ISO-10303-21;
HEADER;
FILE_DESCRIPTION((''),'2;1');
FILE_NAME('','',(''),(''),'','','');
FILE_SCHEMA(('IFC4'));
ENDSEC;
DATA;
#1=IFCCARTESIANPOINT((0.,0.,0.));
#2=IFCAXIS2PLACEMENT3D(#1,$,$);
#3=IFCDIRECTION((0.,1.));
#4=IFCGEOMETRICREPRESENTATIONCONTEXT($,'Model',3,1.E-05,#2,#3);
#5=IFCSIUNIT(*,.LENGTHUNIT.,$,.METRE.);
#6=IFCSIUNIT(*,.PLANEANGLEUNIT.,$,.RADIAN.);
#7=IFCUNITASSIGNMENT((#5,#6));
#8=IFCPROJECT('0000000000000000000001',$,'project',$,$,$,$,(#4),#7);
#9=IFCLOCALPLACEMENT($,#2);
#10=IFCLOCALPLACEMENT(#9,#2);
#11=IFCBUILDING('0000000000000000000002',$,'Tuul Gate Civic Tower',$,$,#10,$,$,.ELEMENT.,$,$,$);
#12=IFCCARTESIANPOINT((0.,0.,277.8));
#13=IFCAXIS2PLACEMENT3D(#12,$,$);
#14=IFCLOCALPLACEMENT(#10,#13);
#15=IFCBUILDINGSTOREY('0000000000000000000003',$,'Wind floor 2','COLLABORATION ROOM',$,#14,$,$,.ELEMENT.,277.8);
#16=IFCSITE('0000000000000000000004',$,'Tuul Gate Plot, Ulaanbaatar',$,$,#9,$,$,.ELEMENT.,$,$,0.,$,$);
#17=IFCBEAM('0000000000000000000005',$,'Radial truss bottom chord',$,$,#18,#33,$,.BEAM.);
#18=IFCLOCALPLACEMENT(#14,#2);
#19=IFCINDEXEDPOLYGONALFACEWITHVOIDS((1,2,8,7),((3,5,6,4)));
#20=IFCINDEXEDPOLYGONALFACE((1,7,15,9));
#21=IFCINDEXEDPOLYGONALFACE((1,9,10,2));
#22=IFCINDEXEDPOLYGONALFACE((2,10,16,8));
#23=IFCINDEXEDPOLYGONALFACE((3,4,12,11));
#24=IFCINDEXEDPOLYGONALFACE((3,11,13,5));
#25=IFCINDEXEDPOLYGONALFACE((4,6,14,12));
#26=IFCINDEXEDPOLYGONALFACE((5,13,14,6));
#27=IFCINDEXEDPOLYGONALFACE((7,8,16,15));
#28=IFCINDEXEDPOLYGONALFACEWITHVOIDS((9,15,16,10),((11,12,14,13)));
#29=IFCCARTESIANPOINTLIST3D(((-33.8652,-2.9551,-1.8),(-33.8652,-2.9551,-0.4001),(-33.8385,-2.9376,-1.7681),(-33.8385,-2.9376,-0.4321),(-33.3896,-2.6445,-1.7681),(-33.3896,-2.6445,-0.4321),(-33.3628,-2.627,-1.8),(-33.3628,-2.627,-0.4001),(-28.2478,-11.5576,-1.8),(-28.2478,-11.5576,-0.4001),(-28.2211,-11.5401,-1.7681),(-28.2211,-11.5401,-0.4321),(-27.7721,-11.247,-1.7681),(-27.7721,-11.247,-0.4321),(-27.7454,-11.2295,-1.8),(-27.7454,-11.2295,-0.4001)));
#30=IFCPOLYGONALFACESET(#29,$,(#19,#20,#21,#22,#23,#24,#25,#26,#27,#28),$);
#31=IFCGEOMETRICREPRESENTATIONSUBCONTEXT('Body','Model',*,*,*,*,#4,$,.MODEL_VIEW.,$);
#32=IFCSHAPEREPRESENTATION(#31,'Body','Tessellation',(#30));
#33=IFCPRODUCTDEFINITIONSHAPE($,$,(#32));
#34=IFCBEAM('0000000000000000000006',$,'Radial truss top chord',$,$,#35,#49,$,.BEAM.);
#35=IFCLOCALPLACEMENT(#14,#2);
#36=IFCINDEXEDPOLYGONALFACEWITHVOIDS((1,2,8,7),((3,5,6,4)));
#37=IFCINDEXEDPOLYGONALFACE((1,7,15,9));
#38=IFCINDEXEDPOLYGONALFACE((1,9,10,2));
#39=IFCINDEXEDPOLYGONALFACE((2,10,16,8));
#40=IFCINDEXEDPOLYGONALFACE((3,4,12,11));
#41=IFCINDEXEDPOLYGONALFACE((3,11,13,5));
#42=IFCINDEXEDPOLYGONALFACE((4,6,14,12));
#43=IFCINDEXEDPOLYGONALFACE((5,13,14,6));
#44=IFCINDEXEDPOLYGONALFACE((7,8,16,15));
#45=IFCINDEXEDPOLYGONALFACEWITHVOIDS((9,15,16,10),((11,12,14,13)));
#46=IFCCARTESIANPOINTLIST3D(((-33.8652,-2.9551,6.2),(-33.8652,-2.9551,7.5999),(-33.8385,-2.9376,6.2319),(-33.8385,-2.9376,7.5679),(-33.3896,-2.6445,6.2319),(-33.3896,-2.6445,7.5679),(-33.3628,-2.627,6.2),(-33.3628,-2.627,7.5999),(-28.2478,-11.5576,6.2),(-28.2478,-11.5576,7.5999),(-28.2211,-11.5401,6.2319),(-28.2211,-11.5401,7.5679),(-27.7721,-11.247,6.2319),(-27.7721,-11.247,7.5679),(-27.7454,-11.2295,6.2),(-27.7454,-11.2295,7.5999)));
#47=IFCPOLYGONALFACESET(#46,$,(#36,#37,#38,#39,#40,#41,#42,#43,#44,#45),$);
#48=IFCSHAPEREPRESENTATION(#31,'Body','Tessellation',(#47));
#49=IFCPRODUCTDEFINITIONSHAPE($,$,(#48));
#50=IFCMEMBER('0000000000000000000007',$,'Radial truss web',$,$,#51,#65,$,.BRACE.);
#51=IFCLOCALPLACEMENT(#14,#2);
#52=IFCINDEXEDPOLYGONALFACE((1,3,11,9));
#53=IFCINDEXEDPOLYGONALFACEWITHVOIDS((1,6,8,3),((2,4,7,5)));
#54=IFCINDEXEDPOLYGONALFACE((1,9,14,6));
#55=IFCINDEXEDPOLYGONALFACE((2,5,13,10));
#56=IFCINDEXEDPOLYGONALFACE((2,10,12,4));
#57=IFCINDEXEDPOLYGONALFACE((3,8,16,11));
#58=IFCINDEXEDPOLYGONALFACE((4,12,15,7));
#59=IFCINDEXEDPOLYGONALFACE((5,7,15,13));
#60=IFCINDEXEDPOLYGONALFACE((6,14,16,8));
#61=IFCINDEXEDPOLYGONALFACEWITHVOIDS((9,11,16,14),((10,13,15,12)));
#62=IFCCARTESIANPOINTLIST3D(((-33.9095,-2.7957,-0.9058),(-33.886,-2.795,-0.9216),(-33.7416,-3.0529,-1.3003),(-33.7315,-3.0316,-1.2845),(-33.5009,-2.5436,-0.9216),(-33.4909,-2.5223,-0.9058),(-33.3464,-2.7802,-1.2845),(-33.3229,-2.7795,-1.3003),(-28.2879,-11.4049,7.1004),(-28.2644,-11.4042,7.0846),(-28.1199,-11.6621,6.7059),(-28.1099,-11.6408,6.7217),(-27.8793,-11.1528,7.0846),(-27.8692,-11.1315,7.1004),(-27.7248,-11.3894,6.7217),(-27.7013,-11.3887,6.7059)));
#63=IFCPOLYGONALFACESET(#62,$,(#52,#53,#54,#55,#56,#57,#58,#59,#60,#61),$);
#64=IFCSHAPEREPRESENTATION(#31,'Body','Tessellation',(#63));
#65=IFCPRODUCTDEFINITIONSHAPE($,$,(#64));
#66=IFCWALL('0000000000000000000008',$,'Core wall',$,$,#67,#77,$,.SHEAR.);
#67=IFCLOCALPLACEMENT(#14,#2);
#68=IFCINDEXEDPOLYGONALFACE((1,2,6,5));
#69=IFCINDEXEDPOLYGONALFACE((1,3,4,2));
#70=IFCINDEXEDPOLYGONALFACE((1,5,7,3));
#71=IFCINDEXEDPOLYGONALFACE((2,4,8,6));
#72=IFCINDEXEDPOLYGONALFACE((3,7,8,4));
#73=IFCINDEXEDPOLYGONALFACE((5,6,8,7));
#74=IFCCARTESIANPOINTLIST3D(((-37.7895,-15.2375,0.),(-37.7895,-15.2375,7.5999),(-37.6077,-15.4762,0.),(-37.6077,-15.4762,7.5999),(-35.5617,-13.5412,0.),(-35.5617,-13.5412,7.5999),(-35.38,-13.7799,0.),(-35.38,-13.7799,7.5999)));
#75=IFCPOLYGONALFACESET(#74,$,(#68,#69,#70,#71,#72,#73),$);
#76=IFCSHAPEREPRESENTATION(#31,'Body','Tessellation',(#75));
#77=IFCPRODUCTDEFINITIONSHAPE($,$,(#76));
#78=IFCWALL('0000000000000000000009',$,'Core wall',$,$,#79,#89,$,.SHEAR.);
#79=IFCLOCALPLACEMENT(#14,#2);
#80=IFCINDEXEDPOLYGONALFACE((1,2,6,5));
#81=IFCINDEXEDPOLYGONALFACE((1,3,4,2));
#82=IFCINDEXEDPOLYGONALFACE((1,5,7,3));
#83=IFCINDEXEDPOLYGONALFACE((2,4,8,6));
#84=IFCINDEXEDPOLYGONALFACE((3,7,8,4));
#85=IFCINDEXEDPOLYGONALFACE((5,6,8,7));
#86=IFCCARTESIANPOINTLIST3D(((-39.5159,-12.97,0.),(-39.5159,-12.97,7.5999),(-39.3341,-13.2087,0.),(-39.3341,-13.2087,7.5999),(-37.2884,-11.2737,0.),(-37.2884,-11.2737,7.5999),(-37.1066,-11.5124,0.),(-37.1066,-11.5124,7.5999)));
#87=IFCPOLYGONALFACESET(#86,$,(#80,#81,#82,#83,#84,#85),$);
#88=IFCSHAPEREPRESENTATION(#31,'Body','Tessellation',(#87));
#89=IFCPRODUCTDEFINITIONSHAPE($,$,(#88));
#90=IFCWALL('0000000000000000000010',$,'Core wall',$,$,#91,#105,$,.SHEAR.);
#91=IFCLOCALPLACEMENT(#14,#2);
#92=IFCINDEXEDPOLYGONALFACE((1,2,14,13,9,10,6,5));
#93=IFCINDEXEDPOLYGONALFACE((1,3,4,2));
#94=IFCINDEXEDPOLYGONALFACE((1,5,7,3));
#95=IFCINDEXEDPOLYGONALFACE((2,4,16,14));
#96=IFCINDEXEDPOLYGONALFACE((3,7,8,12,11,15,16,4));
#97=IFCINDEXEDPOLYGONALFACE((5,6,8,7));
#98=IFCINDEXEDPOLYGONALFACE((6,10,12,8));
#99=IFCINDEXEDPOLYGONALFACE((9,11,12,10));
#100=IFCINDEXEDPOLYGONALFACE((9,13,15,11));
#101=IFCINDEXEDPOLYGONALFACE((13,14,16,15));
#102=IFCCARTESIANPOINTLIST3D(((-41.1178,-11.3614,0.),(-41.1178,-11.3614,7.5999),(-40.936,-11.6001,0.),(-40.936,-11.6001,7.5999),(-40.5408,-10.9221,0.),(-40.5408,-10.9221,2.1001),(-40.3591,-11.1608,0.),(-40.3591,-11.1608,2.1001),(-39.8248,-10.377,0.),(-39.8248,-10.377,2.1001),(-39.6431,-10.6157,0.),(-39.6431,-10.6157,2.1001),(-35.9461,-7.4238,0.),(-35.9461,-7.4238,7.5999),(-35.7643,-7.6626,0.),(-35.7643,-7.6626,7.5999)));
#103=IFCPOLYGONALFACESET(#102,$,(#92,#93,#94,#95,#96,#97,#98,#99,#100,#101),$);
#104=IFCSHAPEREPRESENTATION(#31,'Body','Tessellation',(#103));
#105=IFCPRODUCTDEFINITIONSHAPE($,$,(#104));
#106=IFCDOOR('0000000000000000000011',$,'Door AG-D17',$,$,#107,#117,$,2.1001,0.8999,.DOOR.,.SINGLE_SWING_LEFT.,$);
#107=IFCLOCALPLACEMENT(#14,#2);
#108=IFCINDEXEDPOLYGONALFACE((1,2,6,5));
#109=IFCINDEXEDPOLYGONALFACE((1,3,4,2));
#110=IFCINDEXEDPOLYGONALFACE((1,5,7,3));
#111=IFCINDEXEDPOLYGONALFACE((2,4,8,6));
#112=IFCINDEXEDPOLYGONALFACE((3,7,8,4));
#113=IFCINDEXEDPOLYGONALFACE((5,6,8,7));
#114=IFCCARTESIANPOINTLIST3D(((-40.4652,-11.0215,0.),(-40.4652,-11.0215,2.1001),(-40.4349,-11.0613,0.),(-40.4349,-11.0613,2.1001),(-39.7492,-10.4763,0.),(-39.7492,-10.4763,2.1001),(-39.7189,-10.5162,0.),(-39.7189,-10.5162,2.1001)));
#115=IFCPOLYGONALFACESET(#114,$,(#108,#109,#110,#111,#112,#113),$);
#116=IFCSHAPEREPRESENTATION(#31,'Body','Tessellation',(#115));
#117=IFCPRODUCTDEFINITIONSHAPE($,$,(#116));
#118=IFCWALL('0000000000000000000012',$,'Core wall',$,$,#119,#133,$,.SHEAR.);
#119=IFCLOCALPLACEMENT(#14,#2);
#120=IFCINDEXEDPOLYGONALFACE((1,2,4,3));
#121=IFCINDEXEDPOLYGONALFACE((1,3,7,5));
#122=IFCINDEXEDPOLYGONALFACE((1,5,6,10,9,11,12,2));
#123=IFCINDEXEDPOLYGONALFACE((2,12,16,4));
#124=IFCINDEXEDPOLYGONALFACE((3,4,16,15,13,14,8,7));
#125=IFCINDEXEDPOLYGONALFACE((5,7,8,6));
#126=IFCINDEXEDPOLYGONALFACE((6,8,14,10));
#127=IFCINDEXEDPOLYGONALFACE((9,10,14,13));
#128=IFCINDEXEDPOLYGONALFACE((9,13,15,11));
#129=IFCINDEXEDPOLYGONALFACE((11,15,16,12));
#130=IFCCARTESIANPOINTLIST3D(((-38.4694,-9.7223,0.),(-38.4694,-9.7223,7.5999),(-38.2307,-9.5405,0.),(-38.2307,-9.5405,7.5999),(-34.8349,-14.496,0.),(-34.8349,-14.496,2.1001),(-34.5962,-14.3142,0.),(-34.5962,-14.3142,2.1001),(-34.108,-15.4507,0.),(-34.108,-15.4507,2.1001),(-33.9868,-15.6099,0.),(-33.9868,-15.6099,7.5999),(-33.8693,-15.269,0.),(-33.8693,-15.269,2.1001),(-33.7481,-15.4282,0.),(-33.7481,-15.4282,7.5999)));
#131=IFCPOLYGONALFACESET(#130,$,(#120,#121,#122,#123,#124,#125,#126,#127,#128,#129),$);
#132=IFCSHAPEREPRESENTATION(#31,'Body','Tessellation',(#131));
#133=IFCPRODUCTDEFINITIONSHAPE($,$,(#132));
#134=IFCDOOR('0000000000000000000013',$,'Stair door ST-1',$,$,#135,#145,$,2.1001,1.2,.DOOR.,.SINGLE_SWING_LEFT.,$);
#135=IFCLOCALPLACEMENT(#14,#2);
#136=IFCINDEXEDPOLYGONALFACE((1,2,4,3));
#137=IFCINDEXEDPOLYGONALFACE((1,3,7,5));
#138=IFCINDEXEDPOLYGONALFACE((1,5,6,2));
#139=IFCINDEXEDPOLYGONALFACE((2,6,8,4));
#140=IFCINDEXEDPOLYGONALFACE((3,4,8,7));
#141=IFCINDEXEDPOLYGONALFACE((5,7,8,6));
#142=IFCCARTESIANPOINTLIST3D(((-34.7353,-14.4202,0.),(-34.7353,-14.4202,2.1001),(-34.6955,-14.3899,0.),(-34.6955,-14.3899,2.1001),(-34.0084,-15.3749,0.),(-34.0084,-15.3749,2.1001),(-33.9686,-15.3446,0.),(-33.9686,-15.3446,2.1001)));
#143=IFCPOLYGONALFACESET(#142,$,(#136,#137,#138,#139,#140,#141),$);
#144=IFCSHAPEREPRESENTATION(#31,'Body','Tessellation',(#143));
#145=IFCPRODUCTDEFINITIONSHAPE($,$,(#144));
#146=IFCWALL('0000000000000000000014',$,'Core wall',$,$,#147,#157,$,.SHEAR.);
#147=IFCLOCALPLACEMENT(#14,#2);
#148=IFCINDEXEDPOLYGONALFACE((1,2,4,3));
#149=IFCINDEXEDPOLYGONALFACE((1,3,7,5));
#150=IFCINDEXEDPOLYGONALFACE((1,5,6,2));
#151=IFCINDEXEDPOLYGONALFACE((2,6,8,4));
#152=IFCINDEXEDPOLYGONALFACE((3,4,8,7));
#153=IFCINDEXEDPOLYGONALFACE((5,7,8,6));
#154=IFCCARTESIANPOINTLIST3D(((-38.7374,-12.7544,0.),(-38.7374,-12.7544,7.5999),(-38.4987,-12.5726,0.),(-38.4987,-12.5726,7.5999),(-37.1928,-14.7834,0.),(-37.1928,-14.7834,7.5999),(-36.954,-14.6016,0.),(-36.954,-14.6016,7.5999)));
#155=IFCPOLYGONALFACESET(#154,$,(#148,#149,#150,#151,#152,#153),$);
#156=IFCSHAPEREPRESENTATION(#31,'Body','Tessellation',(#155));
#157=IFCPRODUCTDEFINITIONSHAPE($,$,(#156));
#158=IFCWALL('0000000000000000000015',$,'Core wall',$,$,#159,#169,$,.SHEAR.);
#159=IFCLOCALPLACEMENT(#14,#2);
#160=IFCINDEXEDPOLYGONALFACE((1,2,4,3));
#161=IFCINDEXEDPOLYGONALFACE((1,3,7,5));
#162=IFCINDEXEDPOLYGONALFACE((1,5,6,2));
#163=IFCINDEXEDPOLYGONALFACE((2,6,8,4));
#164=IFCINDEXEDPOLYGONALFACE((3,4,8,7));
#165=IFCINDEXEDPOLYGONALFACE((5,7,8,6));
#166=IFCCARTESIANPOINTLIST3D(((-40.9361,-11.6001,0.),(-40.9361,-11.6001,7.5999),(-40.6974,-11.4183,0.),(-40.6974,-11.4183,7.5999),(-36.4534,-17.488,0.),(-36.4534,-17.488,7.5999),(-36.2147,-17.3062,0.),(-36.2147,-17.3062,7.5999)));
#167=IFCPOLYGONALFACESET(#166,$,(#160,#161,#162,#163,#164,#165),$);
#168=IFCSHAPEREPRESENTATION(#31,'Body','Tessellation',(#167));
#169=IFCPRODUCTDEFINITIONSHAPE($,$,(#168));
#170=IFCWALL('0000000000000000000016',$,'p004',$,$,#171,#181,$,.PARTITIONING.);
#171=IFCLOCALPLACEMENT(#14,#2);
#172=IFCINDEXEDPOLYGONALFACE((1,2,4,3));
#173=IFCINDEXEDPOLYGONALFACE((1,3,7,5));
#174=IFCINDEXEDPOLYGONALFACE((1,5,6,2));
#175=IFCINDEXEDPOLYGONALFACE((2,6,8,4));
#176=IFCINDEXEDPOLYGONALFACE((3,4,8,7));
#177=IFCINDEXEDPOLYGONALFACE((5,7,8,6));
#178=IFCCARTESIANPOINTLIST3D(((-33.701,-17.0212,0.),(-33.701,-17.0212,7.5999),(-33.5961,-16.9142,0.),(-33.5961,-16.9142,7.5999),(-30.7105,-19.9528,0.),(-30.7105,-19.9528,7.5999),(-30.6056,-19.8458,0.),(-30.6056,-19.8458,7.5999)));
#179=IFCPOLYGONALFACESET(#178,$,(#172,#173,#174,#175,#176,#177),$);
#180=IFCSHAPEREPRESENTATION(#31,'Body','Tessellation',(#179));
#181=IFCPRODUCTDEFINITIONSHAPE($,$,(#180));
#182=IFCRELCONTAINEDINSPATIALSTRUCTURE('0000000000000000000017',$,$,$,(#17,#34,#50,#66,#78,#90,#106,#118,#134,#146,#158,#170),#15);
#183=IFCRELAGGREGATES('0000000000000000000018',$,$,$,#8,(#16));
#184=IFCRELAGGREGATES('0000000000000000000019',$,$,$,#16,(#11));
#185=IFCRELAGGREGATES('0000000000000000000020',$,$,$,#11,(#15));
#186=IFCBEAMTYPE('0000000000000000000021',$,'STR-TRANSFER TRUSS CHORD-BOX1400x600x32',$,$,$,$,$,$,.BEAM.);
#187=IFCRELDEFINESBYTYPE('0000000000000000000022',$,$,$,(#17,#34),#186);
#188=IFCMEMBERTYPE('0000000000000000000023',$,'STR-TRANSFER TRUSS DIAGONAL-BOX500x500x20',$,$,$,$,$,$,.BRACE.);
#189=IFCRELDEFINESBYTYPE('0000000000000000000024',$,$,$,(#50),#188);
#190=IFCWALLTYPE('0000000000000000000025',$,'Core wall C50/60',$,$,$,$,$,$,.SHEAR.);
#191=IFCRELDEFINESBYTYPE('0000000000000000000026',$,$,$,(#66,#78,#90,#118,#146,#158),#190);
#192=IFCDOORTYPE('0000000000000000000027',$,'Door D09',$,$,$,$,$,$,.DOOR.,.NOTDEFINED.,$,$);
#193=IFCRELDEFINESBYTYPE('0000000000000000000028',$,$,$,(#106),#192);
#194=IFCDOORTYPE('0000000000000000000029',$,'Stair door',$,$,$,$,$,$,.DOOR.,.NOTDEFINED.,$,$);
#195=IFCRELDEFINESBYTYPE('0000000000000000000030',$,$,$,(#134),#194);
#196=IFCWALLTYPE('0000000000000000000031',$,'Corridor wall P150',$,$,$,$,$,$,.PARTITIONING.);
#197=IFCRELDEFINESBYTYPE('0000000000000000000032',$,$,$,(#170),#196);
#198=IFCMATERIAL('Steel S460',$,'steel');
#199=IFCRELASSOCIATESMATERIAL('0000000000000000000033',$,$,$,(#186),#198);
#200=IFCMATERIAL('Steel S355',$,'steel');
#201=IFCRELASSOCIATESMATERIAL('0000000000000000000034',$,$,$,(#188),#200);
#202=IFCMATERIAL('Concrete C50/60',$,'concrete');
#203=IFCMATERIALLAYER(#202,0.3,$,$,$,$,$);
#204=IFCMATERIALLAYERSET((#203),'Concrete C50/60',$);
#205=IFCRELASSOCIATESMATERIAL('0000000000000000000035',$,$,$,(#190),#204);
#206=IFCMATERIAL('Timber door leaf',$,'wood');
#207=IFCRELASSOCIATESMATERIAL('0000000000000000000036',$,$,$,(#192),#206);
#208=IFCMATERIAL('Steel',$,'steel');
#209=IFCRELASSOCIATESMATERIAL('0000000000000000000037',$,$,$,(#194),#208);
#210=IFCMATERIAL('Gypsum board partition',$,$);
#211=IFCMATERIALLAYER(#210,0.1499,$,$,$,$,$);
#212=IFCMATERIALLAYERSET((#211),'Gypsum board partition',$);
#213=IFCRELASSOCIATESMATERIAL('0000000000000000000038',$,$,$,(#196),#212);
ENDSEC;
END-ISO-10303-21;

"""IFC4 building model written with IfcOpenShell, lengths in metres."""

from ifc_helpers import new_model, si_unit, direction, frame, frame_2d, origin, origin_2d, place, context, subcontext, project, spatial, rectangle, hollow_rectangle, extrude, material, layer, layer_set, material_profile, profile_set, type_object, element, fill, save


model = new_model("IFC4")

# Units and contexts
model_context = context("Model", 3, precision=1e-05, world=origin(), true_north=direction((0.0, 1.0)))
body_context = subcontext(model_context, "Body", "Model", "MODEL_VIEW")
ifc_project = project(units=[si_unit("LENGTHUNIT", "METRE"), si_unit("PLANEANGLEUNIT", "RADIAN")], contexts=[model_context])

# Site, building, storey
site_placement = place(None, origin())
site = spatial("IfcSite", under=ifc_project, at=site_placement, Name="Tuul Gate Plot, Ulaanbaatar", CompositionType="ELEMENT", RefElevation=0.0)
building_placement = place(site_placement, origin())
building = spatial("IfcBuilding", under=site, at=building_placement, Name="Tuul Gate Civic Tower", CompositionType="ELEMENT")
storey_placement = place(building_placement, frame((0.0, 0.0, 277.8)))
storey = spatial("IfcBuildingStorey", under=building, at=storey_placement, Name="Wind floor 2", Description="COLLABORATION ROOM", CompositionType="ELEMENT", Elevation=277.8)

# Beams
ifc_material_1 = material(Name="Steel S460", Category="steel")
ifc_material_profile_1 = material_profile(ifc_material_1, hollow_rectangle(XDim=0.6001, YDim=1.3999, WallThickness=0.032, at=origin_2d()), Name="BOX1400x600x32")
ifc_profile_set_1 = profile_set([ifc_material_profile_1], Name="Steel S460")
beam_type = type_object("IfcBeamType", Name="STR-TRANSFER TRUSS CHORD-BOX1400x600x32", PredefinedType="BEAM", material=ifc_profile_set_1)
for number, where, z_axis, x_axis, name in (
    (1, (-33.614, -2.791, -1.1001), (0.546751, -0.837295, 0.0), (0.837295, 0.546751, 0.0), "Radial truss bottom chord"),
    (2, (-33.614, -2.791, 6.8999), (0.546751, -0.837295, 0.0), (0.837295, 0.546751, 0.0), "Radial truss top chord"),
):
    element("IfcBeam", number, at=place(storey_placement, frame(where, z_axis=z_axis, x_axis=x_axis)), inside=storey, type_object=beam_type, Name=name, PredefinedType="BEAM", context=body_context, shape_type="SweptSolid", body=[
        extrude(hollow_rectangle(XDim=0.6001, YDim=1.3999, WallThickness=0.032, at=origin_2d()), origin(), (0.0, 0.0, 1.0), 10.2742),
    ])

# Member
ifc_material_2 = material(Name="Steel S355", Category="steel")
ifc_material_profile_2 = material_profile(ifc_material_2, hollow_rectangle(XDim=0.5, YDim=0.5, WallThickness=0.02, at=origin_2d()), Name="BOX500x500x20")
ifc_profile_set_2 = profile_set([ifc_material_profile_2], Name="Steel S355")
member_type = type_object("IfcMemberType", Name="STR-TRANSFER TRUSS DIAGONAL-BOX500x500x20", PredefinedType="BRACE", material=ifc_profile_set_2)
member_placement = place(storey_placement, frame((-33.6162, -2.7876, -1.103), z_axis=(0.431388, -0.660646, 0.614371), x_axis=(0.837302, 0.546741, 0.0)))
element("IfcMember", 3, at=member_placement, inside=storey, type_object=member_type, Name="Radial truss web", PredefinedType="BRACE", context=body_context, shape_type="SweptSolid", body=[
    extrude(hollow_rectangle(XDim=0.5, YDim=0.5, WallThickness=0.02, at=origin_2d()), origin(), (0.0, 0.0, 1.0), 13.0315),
])

# Walls
ifc_material_3 = material(Name="Concrete C50/60", Category="concrete")
ifc_layer_1 = layer(ifc_material_3, 0.3)
ifc_layer_set_1 = layer_set([ifc_layer_1], Name="Concrete C50/60")
wall_type_1 = type_object("IfcWallType", Name="Core wall C50/60", PredefinedType="SHEAR", material=ifc_layer_set_1)
wall_1_placement = place(storey_placement, frame((-35.4709, -13.6606, 0.0), z_axis=(0.0, 0.0, 1.0), x_axis=(-0.795616, -0.605802, 0.0)))
element("IfcWall", 4, at=wall_1_placement, inside=storey, type_object=wall_type_1, Name="Core wall", PredefinedType="SHEAR", context=body_context, shape_type="SweptSolid", body=[
    extrude(rectangle(XDim=2.8, YDim=0.3, at=frame_2d((1.3999, 0.0))), origin(), (0.0, 0.0, 1.0), 7.5999),
])
wall_2_placement = place(storey_placement, frame((-37.1975, -11.3931, 0.0), z_axis=(0.0, 0.0, 1.0), x_axis=(-0.795584, -0.605844, 0.0)))
element("IfcWall", 5, at=wall_2_placement, inside=storey, type_object=wall_type_1, Name="Core wall", PredefinedType="SHEAR", context=body_context, shape_type="SweptSolid", body=[
    extrude(rectangle(XDim=2.7998, YDim=0.3, at=frame_2d((1.3999, 0.0))), origin(), (0.0, 0.0, 1.0), 7.5999),
])

# Walls, openings, doors
wall_3_placement = place(storey_placement, frame((-35.8552, -7.5432, 0.0), z_axis=(0.0, 0.0, 1.0), x_axis=(-0.795639, -0.605772, 0.0)))
wall_3 = element("IfcWall", 6, at=wall_3_placement, inside=storey, type_object=wall_type_1, Name="Core wall", PredefinedType="SHEAR", context=body_context, shape_type="SweptSolid", body=[
    extrude(rectangle(XDim=6.5, YDim=0.3, at=frame_2d((3.25, 0.0))), origin(), (0.0, 0.0, 1.0), 7.5999),
])
opening_1_placement = place(wall_3_placement, frame((4.875, 0.0, 0.0)))
opening_1 = element("IfcOpeningElement", 7, at=opening_1_placement, cuts=wall_3, PredefinedType="OPENING", context=body_context, shape_type="SweptSolid", body=[
    extrude(rectangle(XDim=0.8999, YDim=2.1001, at=frame_2d((0.45, 1.05))), frame((0.0, 0.1602, 0.0), z_axis=(0.0, -1.0, 0.0), x_axis=(1.0, 0.0, 0.0)), (0.0, 0.0, 1.0), 0.3201),
])
ifc_material_4 = material(Name="Timber door leaf", Category="wood")
door_type_1 = type_object("IfcDoorType", Name="Door D09", OperationType="NOTDEFINED", PredefinedType="DOOR", material=ifc_material_4)
door_1_placement = place(opening_1_placement, origin())
door_1 = element("IfcDoor", 8, at=door_1_placement, inside=storey, type_object=door_type_1, Name="Door AG-D17", OperationType="SINGLE_SWING_LEFT", OverallHeight=2.1001, OverallWidth=0.8999, PredefinedType="DOOR", context=body_context, shape_type="SweptSolid", body=[
    extrude(rectangle(XDim=0.8999, YDim=2.1001, at=frame_2d((0.45, 1.05))), frame((0.0, 0.0249, 0.0), z_axis=(0.0, -1.0, 0.0), x_axis=(1.0, 0.0, 0.0)), (0.0, 0.0, 1.0), 0.05),
])
fill(opening_1, door_1)
wall_4_placement = place(storey_placement, frame((-33.8674, -15.519, 0.0), z_axis=(0.0, 0.0, 1.0), x_axis=(-0.60577, 0.79564, 0.0)))
wall_4 = element("IfcWall", 9, at=wall_4_placement, inside=storey, type_object=wall_type_1, Name="Core wall", PredefinedType="SHEAR", context=body_context, shape_type="SweptSolid", body=[
    extrude(rectangle(XDim=7.3999, YDim=0.3, at=frame_2d((3.7, 0.0))), origin(), (0.0, 0.0, 1.0), 7.5999),
])
opening_2_placement = place(wall_4_placement, frame((0.2, 0.0, 0.0)))
opening_2 = element("IfcOpeningElement", 10, at=opening_2_placement, cuts=wall_4, PredefinedType="OPENING", context=body_context, shape_type="SweptSolid", body=[
    extrude(rectangle(XDim=1.2, YDim=2.1001, at=frame_2d((0.6001, 1.05))), frame((0.0, 0.1602, 0.0), z_axis=(0.0, -1.0, 0.0), x_axis=(1.0, 0.0, 0.0)), (0.0, 0.0, 1.0), 0.3201),
])
ifc_material_5 = material(Name="Steel", Category="steel")
door_type_2 = type_object("IfcDoorType", Name="Stair door", OperationType="NOTDEFINED", PredefinedType="DOOR", material=ifc_material_5)
door_2_placement = place(opening_2_placement, origin())
door_2 = element("IfcDoor", 11, at=door_2_placement, inside=storey, type_object=door_type_2, Name="Stair door ST-1", OperationType="SINGLE_SWING_LEFT", OverallHeight=2.1001, OverallWidth=1.2, PredefinedType="DOOR", context=body_context, shape_type="SweptSolid", body=[
    extrude(rectangle(XDim=1.2, YDim=2.1001, at=frame_2d((0.6001, 1.05))), frame((0.0, 0.0249, 0.0), z_axis=(0.0, -1.0, 0.0), x_axis=(1.0, 0.0, 0.0)), (0.0, 0.0, 1.0), 0.05),
])
fill(opening_2, door_2)

# Walls
wall_5_placement = place(storey_placement, frame((-37.0735, -14.6924, 0.0), z_axis=(0.0, 0.0, 1.0), x_axis=(-0.605729, 0.795671, 0.0)))
element("IfcWall", 12, at=wall_5_placement, inside=storey, type_object=wall_type_1, Name="Core wall", PredefinedType="SHEAR", context=body_context, shape_type="SweptSolid", body=[
    extrude(rectangle(XDim=2.55, YDim=0.3, at=frame_2d((1.2749, 0.0))), origin(), (0.0, 0.0, 1.0), 7.5999),
])
wall_6_placement = place(storey_placement, frame((-36.334, -17.3972, 0.0), z_axis=(0.0, 0.0, 1.0), x_axis=(-0.605754, 0.795652, 0.0)))
element("IfcWall", 13, at=wall_6_placement, inside=storey, type_object=wall_type_1, Name="Core wall", PredefinedType="SHEAR", context=body_context, shape_type="SweptSolid", body=[
    extrude(rectangle(XDim=7.4001, YDim=0.3, at=frame_2d((3.7002, 0.0))), origin(), (0.0, 0.0, 1.0), 7.5999),
])
ifc_material_6 = material(Name="Gypsum board partition")
ifc_layer_2 = layer(ifc_material_6, 0.1499)
ifc_layer_set_2 = layer_set([ifc_layer_2], Name="Gypsum board partition")
wall_type_2 = type_object("IfcWallType", Name="Corridor wall P150", PredefinedType="PARTITIONING", material=ifc_layer_set_2)
wall_7_placement = place(storey_placement, frame((-33.6484, -16.9678, 0.0), z_axis=(0.0, 0.0, 1.0), x_axis=(0.714097, -0.700047, 0.0)))
element("IfcWall", 14, at=wall_7_placement, inside=storey, type_object=wall_type_2, Name="p004", PredefinedType="PARTITIONING", context=body_context, shape_type="SweptSolid", body=[
    extrude(rectangle(XDim=4.1877, YDim=0.1499, at=frame_2d((2.0938, 0.0))), origin(), (0.0, 0.0, 1.0), 7.5999),
])

save(model, "model.ifc")
